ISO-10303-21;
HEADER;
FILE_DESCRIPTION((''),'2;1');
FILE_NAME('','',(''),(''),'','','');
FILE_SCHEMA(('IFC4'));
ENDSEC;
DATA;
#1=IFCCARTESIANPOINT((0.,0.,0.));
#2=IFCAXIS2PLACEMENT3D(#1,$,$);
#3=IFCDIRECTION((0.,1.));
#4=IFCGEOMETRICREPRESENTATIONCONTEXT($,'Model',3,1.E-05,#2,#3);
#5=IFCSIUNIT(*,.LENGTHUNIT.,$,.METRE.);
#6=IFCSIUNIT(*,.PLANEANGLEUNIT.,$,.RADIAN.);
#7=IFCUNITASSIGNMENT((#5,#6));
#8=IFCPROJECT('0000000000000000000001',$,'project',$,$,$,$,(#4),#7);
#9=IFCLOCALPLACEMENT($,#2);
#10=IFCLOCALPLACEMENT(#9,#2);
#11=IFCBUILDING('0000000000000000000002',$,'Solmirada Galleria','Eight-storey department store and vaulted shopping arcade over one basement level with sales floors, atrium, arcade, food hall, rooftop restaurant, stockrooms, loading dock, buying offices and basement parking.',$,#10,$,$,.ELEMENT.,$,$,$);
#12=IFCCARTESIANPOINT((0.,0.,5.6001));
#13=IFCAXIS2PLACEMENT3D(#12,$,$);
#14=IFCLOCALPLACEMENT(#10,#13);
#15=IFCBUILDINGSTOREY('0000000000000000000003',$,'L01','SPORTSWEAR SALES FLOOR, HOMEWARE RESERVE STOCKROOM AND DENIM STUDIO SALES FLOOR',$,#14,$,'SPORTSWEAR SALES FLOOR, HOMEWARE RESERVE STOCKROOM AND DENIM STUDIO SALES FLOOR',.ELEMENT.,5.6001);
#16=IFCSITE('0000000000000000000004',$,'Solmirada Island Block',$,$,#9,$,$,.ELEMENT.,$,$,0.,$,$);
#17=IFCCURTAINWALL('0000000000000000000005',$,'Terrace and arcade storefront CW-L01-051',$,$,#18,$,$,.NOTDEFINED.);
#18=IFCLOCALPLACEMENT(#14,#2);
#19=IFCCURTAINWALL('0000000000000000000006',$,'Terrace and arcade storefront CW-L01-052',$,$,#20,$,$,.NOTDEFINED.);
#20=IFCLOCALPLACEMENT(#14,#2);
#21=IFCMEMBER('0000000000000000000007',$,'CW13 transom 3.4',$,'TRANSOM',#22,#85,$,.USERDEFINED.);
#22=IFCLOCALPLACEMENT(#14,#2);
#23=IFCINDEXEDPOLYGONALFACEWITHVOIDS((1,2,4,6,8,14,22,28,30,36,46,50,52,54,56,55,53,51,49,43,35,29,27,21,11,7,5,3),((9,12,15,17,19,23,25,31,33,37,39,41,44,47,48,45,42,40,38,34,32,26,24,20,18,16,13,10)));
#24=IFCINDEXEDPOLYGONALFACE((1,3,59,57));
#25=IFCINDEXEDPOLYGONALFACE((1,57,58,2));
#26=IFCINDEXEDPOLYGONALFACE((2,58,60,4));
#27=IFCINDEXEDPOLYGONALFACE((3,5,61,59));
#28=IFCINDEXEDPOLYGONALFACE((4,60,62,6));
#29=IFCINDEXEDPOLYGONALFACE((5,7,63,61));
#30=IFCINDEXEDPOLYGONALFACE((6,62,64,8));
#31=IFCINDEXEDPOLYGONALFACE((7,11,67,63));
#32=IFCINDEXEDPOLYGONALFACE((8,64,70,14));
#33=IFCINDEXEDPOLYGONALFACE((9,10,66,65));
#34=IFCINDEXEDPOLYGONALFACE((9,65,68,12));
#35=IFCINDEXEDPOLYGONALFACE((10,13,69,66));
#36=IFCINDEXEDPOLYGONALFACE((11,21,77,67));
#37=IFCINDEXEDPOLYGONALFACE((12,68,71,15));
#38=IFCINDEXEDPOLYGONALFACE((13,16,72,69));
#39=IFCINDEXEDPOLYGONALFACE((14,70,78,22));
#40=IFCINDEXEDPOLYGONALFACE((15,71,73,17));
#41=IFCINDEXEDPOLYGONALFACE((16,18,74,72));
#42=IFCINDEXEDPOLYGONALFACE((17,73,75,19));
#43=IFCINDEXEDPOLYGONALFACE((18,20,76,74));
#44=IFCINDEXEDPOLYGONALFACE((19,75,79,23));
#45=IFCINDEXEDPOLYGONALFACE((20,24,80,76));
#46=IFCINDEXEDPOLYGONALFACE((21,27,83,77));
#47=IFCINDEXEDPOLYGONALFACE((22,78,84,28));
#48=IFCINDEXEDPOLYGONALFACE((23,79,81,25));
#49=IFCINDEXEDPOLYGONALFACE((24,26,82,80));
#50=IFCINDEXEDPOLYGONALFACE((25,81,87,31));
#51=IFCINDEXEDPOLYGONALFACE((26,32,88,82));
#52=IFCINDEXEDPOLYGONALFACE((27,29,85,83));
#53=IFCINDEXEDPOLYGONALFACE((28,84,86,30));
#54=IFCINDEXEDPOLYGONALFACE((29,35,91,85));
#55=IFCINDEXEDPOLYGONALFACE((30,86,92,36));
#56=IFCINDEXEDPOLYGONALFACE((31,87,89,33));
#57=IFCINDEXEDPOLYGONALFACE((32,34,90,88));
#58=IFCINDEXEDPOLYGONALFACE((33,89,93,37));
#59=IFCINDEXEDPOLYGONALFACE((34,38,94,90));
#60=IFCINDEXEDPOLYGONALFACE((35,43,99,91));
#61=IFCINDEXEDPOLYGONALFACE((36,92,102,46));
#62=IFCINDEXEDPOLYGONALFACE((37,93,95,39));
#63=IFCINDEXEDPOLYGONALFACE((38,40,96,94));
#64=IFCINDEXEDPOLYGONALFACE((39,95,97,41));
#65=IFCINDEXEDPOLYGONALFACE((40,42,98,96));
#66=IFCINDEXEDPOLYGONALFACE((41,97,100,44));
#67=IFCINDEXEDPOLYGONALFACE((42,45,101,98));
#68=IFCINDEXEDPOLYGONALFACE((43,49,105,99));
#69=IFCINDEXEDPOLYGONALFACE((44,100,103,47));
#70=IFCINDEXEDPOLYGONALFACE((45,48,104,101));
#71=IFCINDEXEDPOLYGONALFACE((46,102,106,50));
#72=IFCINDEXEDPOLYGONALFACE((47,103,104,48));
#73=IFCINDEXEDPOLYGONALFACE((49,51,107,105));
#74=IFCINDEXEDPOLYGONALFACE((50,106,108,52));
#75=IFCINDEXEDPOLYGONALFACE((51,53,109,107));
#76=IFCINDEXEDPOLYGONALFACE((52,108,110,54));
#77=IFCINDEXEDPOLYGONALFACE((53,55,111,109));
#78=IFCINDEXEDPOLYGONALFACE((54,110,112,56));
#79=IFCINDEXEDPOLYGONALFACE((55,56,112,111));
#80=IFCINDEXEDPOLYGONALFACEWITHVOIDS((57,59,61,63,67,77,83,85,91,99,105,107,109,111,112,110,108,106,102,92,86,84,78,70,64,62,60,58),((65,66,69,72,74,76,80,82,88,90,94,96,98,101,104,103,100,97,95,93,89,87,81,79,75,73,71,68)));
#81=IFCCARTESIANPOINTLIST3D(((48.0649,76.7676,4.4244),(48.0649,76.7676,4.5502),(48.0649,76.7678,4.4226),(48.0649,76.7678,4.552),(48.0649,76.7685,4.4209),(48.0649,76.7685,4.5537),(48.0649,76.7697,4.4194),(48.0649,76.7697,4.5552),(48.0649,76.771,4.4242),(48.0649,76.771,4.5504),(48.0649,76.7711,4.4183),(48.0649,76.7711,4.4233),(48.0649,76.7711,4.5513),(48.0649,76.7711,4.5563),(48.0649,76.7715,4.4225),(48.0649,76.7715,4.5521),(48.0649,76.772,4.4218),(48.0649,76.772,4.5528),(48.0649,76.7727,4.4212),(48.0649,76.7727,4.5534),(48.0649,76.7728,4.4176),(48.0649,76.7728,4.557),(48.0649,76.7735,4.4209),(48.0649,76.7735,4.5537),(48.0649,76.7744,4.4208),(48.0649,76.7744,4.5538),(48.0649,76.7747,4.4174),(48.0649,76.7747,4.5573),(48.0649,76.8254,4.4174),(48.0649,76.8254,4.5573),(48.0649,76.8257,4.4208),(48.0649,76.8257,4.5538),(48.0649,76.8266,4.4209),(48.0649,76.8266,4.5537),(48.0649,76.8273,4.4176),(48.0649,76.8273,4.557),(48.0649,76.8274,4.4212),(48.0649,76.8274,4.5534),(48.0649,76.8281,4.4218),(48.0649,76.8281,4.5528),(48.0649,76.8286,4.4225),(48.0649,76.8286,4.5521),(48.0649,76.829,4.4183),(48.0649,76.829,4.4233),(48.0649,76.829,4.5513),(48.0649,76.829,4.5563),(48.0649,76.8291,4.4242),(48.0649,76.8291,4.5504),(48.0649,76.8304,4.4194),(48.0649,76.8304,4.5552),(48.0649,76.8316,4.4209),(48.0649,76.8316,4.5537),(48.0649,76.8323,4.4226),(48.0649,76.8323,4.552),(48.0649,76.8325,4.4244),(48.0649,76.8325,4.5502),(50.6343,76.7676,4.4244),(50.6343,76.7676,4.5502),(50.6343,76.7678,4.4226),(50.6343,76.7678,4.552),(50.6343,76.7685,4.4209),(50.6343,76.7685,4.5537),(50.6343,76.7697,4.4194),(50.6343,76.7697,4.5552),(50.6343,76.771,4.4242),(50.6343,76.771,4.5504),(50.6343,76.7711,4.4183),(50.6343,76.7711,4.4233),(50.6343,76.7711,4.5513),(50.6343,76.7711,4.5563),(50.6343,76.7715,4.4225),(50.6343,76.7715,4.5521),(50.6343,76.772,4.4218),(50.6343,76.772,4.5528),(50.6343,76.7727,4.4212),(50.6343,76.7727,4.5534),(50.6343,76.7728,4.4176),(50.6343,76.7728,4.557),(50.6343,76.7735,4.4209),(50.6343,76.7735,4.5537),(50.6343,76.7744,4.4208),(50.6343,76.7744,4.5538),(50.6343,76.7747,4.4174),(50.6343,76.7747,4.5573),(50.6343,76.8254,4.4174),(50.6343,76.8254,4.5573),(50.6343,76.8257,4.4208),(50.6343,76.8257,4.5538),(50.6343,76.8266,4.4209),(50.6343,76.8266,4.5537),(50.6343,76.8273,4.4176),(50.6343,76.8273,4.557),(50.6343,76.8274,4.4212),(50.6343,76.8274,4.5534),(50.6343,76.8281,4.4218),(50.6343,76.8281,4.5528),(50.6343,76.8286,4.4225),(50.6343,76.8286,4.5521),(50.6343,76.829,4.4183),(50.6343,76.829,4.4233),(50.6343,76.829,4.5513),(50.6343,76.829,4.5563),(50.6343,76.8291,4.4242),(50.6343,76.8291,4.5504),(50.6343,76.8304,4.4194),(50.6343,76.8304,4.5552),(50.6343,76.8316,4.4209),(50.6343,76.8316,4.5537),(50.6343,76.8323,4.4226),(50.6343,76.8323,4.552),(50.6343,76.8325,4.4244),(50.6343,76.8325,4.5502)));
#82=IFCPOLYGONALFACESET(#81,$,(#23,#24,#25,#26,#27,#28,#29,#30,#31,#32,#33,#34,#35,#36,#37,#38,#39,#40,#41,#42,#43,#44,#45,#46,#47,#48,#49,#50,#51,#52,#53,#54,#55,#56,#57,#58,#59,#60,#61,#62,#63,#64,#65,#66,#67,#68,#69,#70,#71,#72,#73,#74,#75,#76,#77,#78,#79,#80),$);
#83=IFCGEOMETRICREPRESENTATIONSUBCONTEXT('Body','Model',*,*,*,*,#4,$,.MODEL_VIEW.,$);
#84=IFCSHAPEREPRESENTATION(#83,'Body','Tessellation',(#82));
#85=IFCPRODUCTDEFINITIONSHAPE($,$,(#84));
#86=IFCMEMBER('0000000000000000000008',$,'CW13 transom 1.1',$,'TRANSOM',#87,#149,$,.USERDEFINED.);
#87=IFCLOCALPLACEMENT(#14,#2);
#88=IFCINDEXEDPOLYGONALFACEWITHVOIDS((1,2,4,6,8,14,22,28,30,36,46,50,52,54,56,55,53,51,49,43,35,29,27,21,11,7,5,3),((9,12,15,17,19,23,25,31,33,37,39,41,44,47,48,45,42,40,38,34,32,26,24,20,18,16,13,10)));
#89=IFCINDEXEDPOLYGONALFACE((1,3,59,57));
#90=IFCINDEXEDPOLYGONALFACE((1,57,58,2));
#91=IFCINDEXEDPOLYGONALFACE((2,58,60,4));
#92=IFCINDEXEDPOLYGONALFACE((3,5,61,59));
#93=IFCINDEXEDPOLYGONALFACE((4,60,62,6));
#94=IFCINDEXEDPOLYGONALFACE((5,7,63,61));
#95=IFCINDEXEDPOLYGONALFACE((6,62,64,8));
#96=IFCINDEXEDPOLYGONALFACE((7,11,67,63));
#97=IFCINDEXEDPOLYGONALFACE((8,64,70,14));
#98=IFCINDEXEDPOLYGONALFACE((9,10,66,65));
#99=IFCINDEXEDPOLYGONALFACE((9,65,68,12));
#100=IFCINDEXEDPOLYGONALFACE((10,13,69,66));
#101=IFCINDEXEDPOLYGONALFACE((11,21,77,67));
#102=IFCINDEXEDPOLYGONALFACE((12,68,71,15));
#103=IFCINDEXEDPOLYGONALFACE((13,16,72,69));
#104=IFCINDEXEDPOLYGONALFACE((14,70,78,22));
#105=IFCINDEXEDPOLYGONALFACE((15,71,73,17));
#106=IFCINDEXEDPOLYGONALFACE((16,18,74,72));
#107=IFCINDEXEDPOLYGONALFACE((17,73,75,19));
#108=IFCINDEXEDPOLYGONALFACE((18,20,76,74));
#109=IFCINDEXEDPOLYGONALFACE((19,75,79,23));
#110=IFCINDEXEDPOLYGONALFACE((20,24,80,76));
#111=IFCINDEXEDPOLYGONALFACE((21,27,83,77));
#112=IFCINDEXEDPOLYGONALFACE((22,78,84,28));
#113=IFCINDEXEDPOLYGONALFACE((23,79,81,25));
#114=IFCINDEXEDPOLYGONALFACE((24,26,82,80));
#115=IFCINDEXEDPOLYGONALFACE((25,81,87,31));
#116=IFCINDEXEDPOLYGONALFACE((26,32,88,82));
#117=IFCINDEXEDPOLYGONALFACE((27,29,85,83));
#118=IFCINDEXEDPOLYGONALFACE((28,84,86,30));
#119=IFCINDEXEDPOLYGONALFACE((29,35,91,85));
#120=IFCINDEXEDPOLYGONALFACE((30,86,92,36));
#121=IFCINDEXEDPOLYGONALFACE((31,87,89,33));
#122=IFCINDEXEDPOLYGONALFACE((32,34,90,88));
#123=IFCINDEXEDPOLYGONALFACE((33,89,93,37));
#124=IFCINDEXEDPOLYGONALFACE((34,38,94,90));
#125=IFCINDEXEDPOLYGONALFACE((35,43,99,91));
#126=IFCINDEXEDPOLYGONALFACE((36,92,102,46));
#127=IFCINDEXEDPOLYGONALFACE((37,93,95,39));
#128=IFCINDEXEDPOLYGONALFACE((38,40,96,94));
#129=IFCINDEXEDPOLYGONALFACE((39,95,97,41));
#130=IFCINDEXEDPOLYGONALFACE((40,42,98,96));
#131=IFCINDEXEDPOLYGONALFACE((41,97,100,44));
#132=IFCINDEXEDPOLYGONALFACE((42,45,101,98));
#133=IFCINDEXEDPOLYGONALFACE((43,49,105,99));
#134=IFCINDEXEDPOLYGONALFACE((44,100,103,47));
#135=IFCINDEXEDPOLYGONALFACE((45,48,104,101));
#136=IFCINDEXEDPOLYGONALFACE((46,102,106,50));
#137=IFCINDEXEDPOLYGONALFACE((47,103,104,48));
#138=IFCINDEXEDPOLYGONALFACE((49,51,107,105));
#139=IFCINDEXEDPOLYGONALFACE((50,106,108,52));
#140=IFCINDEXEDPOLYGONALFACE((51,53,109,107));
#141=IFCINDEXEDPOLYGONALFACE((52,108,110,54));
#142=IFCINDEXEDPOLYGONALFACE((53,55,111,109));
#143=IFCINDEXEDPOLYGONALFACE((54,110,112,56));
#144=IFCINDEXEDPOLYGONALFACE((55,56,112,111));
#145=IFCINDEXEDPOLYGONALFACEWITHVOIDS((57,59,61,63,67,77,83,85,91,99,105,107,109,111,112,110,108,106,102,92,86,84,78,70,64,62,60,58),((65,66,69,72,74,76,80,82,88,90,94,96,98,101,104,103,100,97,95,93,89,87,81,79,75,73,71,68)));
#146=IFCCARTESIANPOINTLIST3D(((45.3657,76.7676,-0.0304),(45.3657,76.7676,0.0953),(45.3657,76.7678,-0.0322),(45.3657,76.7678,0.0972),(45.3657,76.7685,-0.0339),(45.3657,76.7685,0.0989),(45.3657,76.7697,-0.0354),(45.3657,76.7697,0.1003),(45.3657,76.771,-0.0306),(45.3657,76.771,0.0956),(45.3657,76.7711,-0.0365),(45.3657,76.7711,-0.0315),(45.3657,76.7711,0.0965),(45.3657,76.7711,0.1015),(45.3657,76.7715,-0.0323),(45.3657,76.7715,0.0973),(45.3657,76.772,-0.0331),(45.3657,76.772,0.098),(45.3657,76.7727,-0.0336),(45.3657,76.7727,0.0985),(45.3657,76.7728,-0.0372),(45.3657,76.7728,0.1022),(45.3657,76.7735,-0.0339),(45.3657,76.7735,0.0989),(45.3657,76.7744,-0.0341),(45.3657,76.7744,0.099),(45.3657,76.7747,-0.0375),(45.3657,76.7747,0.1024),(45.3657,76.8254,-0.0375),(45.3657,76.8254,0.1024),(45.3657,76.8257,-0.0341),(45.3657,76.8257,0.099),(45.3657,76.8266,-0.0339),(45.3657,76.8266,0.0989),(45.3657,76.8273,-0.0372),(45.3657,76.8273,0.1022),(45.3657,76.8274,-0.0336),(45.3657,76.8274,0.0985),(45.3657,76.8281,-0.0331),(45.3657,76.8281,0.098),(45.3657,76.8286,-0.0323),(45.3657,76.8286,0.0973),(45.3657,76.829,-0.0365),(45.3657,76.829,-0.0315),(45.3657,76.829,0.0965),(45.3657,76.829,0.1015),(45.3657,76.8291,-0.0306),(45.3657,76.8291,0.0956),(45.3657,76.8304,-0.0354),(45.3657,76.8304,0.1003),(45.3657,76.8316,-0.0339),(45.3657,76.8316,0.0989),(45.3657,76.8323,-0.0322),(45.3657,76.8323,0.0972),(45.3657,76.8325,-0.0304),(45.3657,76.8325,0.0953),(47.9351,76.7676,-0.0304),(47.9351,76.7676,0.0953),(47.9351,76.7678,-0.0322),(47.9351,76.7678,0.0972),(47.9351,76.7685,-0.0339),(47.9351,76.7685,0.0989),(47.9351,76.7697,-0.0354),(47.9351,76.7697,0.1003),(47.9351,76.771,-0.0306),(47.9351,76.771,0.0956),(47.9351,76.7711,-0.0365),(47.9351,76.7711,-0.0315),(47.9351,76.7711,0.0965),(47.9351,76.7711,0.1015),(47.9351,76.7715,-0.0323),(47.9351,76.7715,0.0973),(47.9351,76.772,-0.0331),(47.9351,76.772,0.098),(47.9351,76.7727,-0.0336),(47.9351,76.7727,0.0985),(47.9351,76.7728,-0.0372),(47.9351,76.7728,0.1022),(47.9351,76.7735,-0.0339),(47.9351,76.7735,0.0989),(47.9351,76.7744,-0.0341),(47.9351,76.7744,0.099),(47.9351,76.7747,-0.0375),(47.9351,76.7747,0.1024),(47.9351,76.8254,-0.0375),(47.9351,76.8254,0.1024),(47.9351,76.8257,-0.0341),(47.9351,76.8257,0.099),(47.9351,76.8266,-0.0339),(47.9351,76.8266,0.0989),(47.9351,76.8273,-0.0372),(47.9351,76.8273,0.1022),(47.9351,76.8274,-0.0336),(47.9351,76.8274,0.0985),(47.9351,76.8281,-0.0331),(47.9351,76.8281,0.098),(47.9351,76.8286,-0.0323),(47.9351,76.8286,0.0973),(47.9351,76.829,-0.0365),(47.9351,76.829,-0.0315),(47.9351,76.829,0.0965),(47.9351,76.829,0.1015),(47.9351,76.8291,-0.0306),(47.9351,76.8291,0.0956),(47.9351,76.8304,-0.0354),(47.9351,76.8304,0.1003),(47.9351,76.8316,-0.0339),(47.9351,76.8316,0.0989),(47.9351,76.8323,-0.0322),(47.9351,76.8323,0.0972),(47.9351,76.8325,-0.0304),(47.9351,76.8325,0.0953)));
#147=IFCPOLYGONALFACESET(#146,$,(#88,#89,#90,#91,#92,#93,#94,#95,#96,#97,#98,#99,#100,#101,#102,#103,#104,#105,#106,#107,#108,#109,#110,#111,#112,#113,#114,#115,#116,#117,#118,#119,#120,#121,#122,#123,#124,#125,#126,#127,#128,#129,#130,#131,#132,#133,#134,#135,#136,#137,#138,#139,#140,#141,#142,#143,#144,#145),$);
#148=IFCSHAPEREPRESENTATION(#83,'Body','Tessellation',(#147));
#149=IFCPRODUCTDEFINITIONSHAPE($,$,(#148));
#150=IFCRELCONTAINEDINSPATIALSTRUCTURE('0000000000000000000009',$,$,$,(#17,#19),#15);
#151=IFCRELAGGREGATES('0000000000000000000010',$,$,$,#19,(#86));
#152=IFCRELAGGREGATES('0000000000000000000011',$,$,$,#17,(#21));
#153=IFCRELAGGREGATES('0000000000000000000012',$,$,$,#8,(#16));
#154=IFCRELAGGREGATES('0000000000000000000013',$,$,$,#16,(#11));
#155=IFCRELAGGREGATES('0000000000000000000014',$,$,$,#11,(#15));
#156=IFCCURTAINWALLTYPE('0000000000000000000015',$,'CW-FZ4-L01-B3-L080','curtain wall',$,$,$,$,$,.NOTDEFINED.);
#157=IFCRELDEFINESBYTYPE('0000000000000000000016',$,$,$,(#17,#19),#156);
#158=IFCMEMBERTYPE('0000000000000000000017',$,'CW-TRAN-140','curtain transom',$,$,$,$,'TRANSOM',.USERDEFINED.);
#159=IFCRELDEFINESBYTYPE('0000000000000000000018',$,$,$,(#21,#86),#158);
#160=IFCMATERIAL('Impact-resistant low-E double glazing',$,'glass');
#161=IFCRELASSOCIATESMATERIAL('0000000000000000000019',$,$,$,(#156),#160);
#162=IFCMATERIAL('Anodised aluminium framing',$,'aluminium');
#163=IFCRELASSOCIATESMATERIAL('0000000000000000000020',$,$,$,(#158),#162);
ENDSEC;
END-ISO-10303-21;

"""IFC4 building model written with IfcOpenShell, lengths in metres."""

from ifc_helpers import new_model, si_unit, direction, frame, origin, origin_2d, place, context, subcontext, project, spatial, hollow_rectangle, extrude, material, material_profile, profile_set, type_object, element, aggregate, save


model = new_model("IFC4")

# Units and contexts
model_context = context("Model", 3, precision=1e-05, world=origin(), true_north=direction((0.0, 1.0)))
body_context = subcontext(model_context, "Body", "Model", "MODEL_VIEW")
ifc_project = project(units=[si_unit("LENGTHUNIT", "METRE"), si_unit("PLANEANGLEUNIT", "RADIAN")], contexts=[model_context])

# Site, building, storey
site_placement = place(None, origin())
site = spatial("IfcSite", under=ifc_project, at=site_placement, Name="Solmirada Island Block", CompositionType="ELEMENT", RefElevation=0.0)
building_placement = place(site_placement, origin())
building = spatial("IfcBuilding", under=site, at=building_placement, Name="Solmirada Galleria", Description="Eight-storey department store and vaulted shopping arcade over one basement level with sales floors, atrium, arcade, food hall, rooftop restaurant, stockrooms, loading dock, buying offices and basement parking.", CompositionType="ELEMENT")
storey_placement = place(building_placement, frame((0.0, 0.0, 5.6001)))
storey = spatial("IfcBuildingStorey", under=building, at=storey_placement, Name="L01", Description="SPORTSWEAR SALES FLOOR, HOMEWARE RESERVE STOCKROOM AND DENIM STUDIO SALES FLOOR", LongName="SPORTSWEAR SALES FLOOR, HOMEWARE RESERVE STOCKROOM AND DENIM STUDIO SALES FLOOR", CompositionType="ELEMENT", Elevation=5.6001)

# Curtain wall
ifc_material_1 = material(Name="Impact-resistant low-E double glazing", Category="glass")
curtain_wall_type = type_object("IfcCurtainWallType", Name="CW-FZ4-L01-B3-L080", Description="curtain wall", PredefinedType="NOTDEFINED", material=ifc_material_1)
curtain_wall_1_placement = place(storey_placement, origin())
curtain_wall_1 = element("IfcCurtainWall", 1, at=curtain_wall_1_placement, inside=storey, type_object=curtain_wall_type, Name="Terrace and arcade storefront CW-L01-051", PredefinedType="NOTDEFINED")
ifc_material_2 = material(Name="Anodised aluminium framing", Category="aluminium")

# Curtain wall
curtain_wall_2_placement = place(storey_placement, origin())
curtain_wall_2 = element("IfcCurtainWall", 2, at=curtain_wall_2_placement, inside=storey, type_object=curtain_wall_type, Name="Terrace and arcade storefront CW-L01-052", PredefinedType="NOTDEFINED")

# Members
ifc_material_profile_1 = material_profile(ifc_material_2, hollow_rectangle(XDim=0.0649, YDim=0.1399, WallThickness=0.0034, InnerFilletRadius=0.0034, OuterFilletRadius=0.0071, at=origin_2d()), Name="ALU-TRAN-140X65")
ifc_profile_set_1 = profile_set([ifc_material_profile_1], Name="Anodised aluminium framing")
member_type_1 = type_object("IfcMemberType", Name="CW-TRAN-140", Description="curtain transom", ElementType="TRANSOM", PredefinedType="USERDEFINED", material=ifc_profile_set_1)
member_1_placement = place(storey_placement, frame((50.6343, 76.8, 4.4873), z_axis=(-1.0, 0.0, 0.0), x_axis=(0.0, -1.0, 0.0)))
member_1 = element("IfcMember", 3, at=member_1_placement, type_object=member_type_1, Name="CW13 transom 3.4", ObjectType="TRANSOM", PredefinedType="USERDEFINED", context=body_context, shape_type="SweptSolid", body=[
    extrude(hollow_rectangle(XDim=0.0649, YDim=0.1399, WallThickness=0.0034, InnerFilletRadius=0.0034, OuterFilletRadius=0.0071, at=origin_2d()), origin(), (0.0, 0.0, 1.0), 2.5693),
])
member_2_placement = place(storey_placement, frame((47.9351, 76.8, 0.0325), z_axis=(-1.0, 0.0, 0.0), x_axis=(0.0, -1.0, 0.0)))
member_2 = element("IfcMember", 4, at=member_2_placement, type_object=member_type_1, Name="CW13 transom 1.1", ObjectType="TRANSOM", PredefinedType="USERDEFINED", context=body_context, shape_type="SweptSolid", body=[
    extrude(hollow_rectangle(XDim=0.0649, YDim=0.1399, WallThickness=0.0034, InnerFilletRadius=0.0034, OuterFilletRadius=0.0071, at=origin_2d()), origin(), (0.0, 0.0, 1.0), 2.5693),
])
aggregate(curtain_wall_2, [member_2])

aggregate(curtain_wall_1, [member_1])

save(model, "model.ifc")
